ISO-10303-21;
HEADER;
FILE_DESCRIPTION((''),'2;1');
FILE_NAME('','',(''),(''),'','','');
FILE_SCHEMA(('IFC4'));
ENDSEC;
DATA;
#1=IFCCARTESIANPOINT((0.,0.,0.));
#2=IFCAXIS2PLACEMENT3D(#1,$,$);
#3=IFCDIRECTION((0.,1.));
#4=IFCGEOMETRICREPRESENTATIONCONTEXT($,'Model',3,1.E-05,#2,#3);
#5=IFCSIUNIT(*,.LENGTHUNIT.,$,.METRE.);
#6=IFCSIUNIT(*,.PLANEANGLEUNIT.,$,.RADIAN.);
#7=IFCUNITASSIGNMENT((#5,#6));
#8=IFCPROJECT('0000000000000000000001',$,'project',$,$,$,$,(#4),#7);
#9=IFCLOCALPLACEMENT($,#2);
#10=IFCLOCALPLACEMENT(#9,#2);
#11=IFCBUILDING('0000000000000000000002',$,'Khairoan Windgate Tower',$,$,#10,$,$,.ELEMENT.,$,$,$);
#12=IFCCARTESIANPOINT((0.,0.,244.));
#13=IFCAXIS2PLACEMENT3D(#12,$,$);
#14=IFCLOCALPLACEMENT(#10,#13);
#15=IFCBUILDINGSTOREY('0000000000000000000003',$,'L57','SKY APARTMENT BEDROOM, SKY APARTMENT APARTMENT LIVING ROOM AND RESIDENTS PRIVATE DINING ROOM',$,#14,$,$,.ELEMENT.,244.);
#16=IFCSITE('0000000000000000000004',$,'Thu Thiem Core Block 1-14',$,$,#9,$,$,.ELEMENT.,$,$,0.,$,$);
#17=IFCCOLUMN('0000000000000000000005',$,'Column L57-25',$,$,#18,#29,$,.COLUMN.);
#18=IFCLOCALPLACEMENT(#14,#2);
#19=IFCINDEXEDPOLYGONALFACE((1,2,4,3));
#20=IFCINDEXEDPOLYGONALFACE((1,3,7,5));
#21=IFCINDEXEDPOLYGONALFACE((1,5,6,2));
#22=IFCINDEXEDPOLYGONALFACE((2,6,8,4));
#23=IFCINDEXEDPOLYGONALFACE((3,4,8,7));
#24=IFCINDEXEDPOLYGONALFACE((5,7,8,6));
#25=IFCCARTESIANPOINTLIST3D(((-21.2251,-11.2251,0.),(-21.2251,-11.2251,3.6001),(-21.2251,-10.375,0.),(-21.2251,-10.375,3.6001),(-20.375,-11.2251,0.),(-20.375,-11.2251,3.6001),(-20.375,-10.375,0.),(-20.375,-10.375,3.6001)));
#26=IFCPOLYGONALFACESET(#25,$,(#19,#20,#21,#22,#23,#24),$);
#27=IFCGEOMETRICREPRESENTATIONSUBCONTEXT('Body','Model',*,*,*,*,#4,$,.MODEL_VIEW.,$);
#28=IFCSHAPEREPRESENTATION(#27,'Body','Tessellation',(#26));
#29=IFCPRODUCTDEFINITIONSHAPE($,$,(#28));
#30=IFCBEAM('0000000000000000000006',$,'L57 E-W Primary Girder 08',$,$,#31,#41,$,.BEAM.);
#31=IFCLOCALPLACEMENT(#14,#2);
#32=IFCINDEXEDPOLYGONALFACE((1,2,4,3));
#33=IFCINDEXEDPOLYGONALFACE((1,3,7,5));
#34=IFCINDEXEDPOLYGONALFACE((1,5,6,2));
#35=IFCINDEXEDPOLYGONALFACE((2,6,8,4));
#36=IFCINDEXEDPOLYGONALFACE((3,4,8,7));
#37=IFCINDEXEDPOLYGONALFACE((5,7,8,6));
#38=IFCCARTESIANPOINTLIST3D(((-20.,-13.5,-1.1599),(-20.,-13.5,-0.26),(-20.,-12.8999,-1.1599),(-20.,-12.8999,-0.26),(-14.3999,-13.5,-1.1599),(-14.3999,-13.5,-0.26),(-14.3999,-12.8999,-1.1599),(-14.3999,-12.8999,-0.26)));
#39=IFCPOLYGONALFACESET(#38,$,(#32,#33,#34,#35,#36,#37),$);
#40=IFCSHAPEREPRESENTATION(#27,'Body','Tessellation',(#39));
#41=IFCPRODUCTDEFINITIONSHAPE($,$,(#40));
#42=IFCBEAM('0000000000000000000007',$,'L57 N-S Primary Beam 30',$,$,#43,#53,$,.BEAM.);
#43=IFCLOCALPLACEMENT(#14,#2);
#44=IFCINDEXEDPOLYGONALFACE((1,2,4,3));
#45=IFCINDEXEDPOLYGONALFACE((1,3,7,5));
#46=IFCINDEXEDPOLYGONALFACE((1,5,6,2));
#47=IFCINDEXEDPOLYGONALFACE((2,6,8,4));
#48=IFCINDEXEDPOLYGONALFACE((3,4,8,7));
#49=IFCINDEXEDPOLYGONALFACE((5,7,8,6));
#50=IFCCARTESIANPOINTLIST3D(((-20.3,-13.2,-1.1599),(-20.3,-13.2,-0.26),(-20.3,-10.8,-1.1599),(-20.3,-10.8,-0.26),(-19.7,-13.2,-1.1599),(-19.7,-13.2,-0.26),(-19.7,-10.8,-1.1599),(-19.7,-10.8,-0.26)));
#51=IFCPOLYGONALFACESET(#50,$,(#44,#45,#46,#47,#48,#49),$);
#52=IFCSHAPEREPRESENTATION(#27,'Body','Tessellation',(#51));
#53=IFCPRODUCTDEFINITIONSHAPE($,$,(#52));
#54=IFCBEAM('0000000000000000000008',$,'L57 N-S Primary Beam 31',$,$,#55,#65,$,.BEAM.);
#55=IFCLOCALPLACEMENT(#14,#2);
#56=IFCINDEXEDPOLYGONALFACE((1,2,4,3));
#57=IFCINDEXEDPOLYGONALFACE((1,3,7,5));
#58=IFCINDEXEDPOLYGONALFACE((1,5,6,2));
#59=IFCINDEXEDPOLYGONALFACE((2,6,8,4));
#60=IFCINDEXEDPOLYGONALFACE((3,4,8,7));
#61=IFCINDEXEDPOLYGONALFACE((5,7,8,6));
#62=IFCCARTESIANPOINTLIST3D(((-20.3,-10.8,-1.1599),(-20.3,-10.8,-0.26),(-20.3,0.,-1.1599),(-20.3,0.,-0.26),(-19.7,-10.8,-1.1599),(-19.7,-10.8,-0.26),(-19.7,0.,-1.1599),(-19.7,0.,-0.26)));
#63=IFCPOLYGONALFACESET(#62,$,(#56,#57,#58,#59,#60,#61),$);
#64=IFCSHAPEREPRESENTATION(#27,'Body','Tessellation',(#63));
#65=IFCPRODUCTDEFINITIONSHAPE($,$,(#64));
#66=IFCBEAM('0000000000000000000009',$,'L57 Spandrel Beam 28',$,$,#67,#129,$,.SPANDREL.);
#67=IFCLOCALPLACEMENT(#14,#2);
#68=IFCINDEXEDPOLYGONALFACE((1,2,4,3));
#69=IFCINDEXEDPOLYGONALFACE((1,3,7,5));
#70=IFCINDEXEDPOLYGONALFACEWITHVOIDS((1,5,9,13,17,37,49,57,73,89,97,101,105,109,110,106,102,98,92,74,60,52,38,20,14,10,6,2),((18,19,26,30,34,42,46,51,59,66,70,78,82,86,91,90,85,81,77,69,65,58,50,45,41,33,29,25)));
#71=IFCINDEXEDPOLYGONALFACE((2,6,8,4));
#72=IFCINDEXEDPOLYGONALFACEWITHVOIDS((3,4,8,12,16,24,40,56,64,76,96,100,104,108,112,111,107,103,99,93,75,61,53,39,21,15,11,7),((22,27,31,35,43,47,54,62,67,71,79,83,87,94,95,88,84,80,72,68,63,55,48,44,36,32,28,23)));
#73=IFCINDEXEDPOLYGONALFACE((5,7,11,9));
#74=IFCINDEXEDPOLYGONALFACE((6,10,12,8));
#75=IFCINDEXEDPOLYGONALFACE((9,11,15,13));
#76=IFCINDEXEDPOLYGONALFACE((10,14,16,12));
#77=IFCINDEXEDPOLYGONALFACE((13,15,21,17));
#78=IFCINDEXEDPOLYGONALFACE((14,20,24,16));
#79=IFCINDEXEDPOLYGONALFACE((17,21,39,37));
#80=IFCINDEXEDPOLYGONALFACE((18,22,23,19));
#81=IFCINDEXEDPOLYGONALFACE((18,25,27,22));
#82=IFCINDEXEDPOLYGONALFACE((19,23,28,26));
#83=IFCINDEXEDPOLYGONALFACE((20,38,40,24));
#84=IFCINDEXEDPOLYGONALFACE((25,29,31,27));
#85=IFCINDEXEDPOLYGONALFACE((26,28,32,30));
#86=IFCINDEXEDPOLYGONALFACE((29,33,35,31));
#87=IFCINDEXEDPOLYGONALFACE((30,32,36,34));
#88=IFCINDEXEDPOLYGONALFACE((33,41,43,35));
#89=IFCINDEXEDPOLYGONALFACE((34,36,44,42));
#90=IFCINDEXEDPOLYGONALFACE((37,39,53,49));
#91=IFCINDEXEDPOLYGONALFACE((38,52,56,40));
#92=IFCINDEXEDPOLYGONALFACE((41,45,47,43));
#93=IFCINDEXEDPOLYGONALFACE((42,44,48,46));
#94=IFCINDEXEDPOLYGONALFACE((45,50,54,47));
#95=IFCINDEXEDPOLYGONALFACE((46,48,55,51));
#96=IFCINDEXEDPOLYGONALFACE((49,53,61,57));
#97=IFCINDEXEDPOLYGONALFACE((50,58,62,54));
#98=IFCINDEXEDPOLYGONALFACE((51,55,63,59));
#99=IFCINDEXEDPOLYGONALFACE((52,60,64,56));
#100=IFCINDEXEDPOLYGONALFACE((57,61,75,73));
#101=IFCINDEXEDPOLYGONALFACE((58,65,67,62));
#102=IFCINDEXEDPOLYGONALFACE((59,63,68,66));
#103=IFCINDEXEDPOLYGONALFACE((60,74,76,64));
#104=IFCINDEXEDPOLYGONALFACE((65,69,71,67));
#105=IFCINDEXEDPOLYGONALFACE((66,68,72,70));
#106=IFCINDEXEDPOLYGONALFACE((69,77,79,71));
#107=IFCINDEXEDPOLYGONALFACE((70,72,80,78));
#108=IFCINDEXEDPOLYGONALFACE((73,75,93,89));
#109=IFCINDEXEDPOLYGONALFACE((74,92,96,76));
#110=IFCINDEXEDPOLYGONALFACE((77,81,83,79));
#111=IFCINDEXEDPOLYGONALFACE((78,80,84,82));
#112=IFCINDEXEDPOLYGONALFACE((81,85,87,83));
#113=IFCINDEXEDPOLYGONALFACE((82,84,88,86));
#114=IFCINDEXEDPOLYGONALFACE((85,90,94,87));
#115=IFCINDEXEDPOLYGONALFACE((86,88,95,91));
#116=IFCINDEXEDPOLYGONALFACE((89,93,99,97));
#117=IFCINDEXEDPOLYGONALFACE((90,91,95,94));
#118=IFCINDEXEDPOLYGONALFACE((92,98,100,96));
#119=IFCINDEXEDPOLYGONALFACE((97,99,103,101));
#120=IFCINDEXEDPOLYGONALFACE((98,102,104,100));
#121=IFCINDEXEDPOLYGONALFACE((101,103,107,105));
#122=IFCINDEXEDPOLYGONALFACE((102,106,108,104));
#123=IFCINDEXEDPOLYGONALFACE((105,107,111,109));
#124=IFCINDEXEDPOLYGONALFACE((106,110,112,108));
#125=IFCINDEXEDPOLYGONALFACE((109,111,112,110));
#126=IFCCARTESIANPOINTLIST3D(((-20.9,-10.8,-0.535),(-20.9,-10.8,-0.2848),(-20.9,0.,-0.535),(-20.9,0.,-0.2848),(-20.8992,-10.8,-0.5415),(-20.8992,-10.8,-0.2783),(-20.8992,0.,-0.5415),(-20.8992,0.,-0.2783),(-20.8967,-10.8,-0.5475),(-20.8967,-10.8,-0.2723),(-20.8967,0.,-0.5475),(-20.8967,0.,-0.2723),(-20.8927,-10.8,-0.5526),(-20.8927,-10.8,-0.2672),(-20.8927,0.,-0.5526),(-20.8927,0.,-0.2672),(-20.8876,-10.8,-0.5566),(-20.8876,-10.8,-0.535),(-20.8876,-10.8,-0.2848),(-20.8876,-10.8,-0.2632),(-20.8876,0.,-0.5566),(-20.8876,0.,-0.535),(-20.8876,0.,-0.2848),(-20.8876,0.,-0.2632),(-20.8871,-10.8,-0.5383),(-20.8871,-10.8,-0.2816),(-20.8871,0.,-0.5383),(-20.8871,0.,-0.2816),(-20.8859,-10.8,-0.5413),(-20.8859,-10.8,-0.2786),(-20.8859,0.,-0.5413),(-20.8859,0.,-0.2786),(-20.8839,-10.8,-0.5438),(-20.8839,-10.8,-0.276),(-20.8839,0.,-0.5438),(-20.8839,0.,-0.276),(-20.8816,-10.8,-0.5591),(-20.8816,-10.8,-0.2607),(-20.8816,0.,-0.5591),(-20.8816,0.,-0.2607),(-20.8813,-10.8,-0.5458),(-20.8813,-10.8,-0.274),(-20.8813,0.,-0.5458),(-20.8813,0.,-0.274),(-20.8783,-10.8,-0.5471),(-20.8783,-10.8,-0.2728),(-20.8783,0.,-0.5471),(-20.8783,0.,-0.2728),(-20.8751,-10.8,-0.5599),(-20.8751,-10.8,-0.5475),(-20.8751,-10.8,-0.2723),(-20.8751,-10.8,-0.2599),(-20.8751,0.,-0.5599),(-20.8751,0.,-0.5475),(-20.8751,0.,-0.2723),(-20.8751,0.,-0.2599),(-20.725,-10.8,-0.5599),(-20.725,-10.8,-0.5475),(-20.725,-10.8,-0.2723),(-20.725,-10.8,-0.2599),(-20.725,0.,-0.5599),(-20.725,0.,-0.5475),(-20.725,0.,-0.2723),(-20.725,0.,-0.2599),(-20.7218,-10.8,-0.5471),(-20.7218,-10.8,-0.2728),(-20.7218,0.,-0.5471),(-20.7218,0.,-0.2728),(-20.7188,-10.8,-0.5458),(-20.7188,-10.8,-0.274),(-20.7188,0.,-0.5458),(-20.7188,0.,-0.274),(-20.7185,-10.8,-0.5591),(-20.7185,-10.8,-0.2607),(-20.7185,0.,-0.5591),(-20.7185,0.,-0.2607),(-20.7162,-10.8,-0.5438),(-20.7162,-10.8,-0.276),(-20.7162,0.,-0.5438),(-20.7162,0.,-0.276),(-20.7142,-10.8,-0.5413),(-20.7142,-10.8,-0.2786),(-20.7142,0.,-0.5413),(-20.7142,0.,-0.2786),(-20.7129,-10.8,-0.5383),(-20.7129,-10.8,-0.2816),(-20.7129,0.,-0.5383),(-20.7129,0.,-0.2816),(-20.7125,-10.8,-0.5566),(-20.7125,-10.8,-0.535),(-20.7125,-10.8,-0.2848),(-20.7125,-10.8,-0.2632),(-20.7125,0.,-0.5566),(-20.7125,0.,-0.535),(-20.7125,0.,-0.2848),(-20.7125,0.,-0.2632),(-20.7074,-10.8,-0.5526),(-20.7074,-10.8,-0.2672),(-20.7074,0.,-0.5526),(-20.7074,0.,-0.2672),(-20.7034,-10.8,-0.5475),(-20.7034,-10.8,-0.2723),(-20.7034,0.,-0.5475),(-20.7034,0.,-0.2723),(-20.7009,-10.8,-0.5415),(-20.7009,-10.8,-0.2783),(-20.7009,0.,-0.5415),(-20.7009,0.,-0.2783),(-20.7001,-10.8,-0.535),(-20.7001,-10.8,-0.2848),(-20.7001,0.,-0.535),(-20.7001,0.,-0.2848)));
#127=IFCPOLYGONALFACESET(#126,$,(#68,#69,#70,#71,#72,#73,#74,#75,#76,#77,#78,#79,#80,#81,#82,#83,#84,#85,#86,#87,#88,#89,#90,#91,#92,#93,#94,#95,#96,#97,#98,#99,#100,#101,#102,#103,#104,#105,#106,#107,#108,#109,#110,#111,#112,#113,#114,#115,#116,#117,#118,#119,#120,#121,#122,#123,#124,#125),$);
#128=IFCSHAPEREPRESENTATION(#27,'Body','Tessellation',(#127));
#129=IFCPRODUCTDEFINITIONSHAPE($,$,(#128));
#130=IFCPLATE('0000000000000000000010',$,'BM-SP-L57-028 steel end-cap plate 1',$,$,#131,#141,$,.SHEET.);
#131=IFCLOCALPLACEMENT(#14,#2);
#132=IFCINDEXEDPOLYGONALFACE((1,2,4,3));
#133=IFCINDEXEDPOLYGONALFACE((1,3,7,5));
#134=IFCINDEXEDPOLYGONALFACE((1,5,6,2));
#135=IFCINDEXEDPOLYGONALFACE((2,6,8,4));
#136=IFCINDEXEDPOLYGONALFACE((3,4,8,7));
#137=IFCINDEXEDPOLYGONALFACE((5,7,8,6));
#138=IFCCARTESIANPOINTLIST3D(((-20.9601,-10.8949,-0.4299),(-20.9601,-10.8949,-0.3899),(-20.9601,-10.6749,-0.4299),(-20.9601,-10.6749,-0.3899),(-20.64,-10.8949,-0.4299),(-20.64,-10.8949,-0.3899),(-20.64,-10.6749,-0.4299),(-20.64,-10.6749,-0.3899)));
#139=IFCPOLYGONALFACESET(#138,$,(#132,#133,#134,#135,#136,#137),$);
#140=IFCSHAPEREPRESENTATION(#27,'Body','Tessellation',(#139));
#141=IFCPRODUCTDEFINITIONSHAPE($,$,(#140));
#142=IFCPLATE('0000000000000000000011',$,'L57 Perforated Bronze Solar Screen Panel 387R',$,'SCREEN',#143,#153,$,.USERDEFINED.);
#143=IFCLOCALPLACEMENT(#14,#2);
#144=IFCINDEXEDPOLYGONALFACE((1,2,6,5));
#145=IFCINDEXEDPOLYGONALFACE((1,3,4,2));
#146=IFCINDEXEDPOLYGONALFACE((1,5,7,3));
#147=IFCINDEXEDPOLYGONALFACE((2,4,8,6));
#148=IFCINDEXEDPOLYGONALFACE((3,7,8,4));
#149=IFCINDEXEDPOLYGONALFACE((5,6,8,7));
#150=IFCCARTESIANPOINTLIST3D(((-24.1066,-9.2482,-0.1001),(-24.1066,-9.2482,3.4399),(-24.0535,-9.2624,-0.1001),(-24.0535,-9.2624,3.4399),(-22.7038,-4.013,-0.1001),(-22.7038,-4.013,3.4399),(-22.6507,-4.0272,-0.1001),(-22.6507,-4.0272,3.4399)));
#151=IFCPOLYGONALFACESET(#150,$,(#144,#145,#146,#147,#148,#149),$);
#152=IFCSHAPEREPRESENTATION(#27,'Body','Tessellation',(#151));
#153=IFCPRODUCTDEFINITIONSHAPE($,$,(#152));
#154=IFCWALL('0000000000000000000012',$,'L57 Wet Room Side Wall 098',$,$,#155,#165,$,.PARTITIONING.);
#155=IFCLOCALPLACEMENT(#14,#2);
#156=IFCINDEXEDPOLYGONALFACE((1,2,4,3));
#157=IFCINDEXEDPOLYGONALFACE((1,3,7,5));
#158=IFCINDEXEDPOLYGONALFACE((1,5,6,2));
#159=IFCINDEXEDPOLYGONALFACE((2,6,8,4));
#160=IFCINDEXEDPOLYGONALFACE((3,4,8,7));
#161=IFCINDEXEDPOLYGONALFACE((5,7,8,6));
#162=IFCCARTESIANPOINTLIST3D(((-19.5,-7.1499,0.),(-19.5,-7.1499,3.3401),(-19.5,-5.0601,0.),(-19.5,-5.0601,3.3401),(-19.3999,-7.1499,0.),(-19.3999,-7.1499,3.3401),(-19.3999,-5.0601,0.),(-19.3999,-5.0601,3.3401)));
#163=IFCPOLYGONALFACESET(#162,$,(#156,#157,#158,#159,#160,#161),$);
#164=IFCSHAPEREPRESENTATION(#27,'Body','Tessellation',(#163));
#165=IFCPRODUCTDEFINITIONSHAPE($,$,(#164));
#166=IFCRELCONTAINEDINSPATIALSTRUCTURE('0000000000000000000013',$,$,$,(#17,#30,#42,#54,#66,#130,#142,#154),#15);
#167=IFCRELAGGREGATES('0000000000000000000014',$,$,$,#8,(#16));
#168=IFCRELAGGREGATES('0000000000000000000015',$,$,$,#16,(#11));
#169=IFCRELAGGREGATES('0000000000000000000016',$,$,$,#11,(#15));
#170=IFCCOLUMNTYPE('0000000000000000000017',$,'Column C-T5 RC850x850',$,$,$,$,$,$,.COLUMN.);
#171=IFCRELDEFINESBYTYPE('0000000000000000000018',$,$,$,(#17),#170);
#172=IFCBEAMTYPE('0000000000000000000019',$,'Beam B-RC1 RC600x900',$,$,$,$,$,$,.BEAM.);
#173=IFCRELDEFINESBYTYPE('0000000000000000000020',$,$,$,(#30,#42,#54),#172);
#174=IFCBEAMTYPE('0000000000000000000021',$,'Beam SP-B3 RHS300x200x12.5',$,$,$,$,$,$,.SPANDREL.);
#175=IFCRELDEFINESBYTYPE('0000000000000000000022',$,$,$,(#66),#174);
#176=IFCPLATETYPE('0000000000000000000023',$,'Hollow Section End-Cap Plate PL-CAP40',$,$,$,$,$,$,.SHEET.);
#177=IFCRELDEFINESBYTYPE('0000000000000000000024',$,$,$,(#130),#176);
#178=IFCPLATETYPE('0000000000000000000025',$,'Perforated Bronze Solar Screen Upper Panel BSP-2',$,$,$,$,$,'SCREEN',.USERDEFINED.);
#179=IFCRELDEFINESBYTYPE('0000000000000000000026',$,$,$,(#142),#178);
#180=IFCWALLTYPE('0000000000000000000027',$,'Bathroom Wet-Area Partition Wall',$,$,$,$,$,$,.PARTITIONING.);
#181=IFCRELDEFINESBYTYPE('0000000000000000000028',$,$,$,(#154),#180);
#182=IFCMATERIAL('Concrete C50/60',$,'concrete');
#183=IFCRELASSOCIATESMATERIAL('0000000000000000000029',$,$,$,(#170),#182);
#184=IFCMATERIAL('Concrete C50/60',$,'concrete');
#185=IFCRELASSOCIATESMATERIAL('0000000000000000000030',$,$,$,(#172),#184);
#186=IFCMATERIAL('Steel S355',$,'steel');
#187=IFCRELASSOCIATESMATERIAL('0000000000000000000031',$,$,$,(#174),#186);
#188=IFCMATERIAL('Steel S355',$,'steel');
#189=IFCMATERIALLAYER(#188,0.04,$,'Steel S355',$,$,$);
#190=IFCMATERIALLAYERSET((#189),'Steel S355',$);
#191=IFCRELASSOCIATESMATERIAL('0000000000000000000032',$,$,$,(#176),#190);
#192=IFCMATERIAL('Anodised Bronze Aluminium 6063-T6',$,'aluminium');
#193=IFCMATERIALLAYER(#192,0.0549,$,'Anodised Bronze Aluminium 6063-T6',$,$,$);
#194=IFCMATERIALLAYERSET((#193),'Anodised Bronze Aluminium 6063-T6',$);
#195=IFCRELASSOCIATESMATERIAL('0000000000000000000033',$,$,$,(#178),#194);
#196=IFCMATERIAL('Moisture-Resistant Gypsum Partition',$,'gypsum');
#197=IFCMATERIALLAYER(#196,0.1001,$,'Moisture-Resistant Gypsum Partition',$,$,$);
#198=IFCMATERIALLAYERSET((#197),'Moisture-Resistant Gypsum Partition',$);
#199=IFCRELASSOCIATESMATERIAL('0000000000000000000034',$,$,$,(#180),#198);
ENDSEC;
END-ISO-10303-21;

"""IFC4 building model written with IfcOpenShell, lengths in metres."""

from ifc_helpers import new_model, si_unit, direction, frame, frame_2d, origin, origin_2d, place, context, subcontext, project, spatial, rectangle, hollow_rectangle, extrude, material, layer, layer_set, material_profile, profile_set, type_object, element, save


model = new_model("IFC4")

# Units and contexts
model_context = context("Model", 3, precision=1e-05, world=origin(), true_north=direction((0.0, 1.0)))
body_context = subcontext(model_context, "Body", "Model", "MODEL_VIEW")
ifc_project = project(units=[si_unit("LENGTHUNIT", "METRE"), si_unit("PLANEANGLEUNIT", "RADIAN")], contexts=[model_context])

# Site, building, storey
site_placement = place(None, origin())
site = spatial("IfcSite", under=ifc_project, at=site_placement, Name="Thu Thiem Core Block 1-14", CompositionType="ELEMENT", RefElevation=0.0)
building_placement = place(site_placement, origin())
building = spatial("IfcBuilding", under=site, at=building_placement, Name="Khairoan Windgate Tower", CompositionType="ELEMENT")
storey_placement = place(building_placement, frame((0.0, 0.0, 244.0)))
storey = spatial("IfcBuildingStorey", under=building, at=storey_placement, Name="L57", Description="SKY APARTMENT BEDROOM, SKY APARTMENT APARTMENT LIVING ROOM AND RESIDENTS PRIVATE DINING ROOM", CompositionType="ELEMENT", Elevation=244.0)

# Column
ifc_material_1 = material(Name="Concrete C50/60", Category="concrete")
ifc_material_profile_1 = material_profile(ifc_material_1, rectangle(XDim=0.8501, YDim=0.8501, at=origin_2d()))
ifc_profile_set_1 = profile_set([ifc_material_profile_1], Name="Concrete C50/60")
column_type = type_object("IfcColumnType", Name="Column C-T5 RC850x850", PredefinedType="COLUMN", material=ifc_profile_set_1)
column_placement = place(storey_placement, frame((-20.8, -10.8, 0.0), z_axis=(0.0, 0.0, 1.0), x_axis=(1.0, 0.0, 0.0)))
element("IfcColumn", 1, at=column_placement, inside=storey, type_object=column_type, Name="Column L57-25", PredefinedType="COLUMN", context=body_context, shape_type="SweptSolid", body=[
    extrude(rectangle(XDim=0.8501, YDim=0.8501, at=origin_2d()), origin(), (0.0, 0.0, 1.0), 3.6001),
])

# Beams
ifc_material_2 = material(Name="Concrete C50/60", Category="concrete")
ifc_material_profile_2 = material_profile(ifc_material_2, rectangle(XDim=0.6001, YDim=0.8999, at=origin_2d()))
ifc_profile_set_2 = profile_set([ifc_material_profile_2], Name="Concrete C50/60")
beam_type_1 = type_object("IfcBeamType", Name="Beam B-RC1 RC600x900", PredefinedType="BEAM", material=ifc_profile_set_2)
beam_1_placement = place(storey_placement, frame((-20.0, -13.2, -0.71), z_axis=(1.0, 0.0, 0.0), x_axis=(0.0, 1.0, 0.0)))
element("IfcBeam", 2, at=beam_1_placement, inside=storey, type_object=beam_type_1, Name="L57 E-W Primary Girder 08", PredefinedType="BEAM", context=body_context, shape_type="SweptSolid", body=[
    extrude(rectangle(XDim=0.6001, YDim=0.8999, at=origin_2d()), origin(), (0.0, 0.0, 1.0), 5.6001),
])
beam_2_placement = place(storey_placement, frame((-20.0, -13.2, -0.71), z_axis=(0.0, 1.0, 0.0), x_axis=(-1.0, 0.0, 0.0)))
element("IfcBeam", 3, at=beam_2_placement, inside=storey, type_object=beam_type_1, Name="L57 N-S Primary Beam 30", PredefinedType="BEAM", context=body_context, shape_type="SweptSolid", body=[
    extrude(rectangle(XDim=0.6001, YDim=0.8999, at=origin_2d()), origin(), (0.0, 0.0, 1.0), 2.3999),
])
beam_3_placement = place(storey_placement, frame((-20.0, -10.8, -0.71), z_axis=(0.0, 1.0, 0.0), x_axis=(-1.0, 0.0, 0.0)))
element("IfcBeam", 4, at=beam_3_placement, inside=storey, type_object=beam_type_1, Name="L57 N-S Primary Beam 31", PredefinedType="BEAM", context=body_context, shape_type="SweptSolid", body=[
    extrude(rectangle(XDim=0.6001, YDim=0.8999, at=origin_2d()), origin(), (0.0, 0.0, 1.0), 10.8),
])
ifc_material_3 = material(Name="Steel S355", Category="steel")
ifc_material_profile_3 = material_profile(ifc_material_3, hollow_rectangle(XDim=0.2, YDim=0.3, WallThickness=0.0125, InnerFilletRadius=0.0125, OuterFilletRadius=0.0249, at=origin_2d()))
ifc_profile_set_3 = profile_set([ifc_material_profile_3], Name="Steel S355")
beam_type_2 = type_object("IfcBeamType", Name="Beam SP-B3 RHS300x200x12.5", PredefinedType="SPANDREL", material=ifc_profile_set_3)
beam_4_placement = place(storey_placement, frame((-20.8, -10.8, -0.4099), z_axis=(0.0, 1.0, 0.0), x_axis=(-1.0, 0.0, 0.0)))
element("IfcBeam", 5, at=beam_4_placement, inside=storey, type_object=beam_type_2, Name="L57 Spandrel Beam 28", PredefinedType="SPANDREL", context=body_context, shape_type="SweptSolid", body=[
    extrude(hollow_rectangle(XDim=0.2, YDim=0.3, WallThickness=0.0125, InnerFilletRadius=0.0125, OuterFilletRadius=0.0249, at=origin_2d()), origin(), (0.0, 0.0, 1.0), 10.8),
])

# Plates
ifc_material_4 = material(Name="Steel S355", Category="steel")
ifc_layer_1 = layer(ifc_material_4, 0.04, Name="Steel S355")
ifc_layer_set_1 = layer_set([ifc_layer_1], Name="Steel S355")
plate_type_1 = type_object("IfcPlateType", Name="Hollow Section End-Cap Plate PL-CAP40", PredefinedType="SHEET", material=ifc_layer_set_1)
plate_1_placement = place(storey_placement, frame((-20.8, -10.7849, -0.4299), z_axis=(0.0, 0.0, 1.0), x_axis=(0.0, 1.0, 0.0)))
element("IfcPlate", 6, at=plate_1_placement, inside=storey, type_object=plate_type_1, Name="BM-SP-L57-028 steel end-cap plate 1", PredefinedType="SHEET", context=body_context, shape_type="SweptSolid", body=[
    extrude(rectangle(XDim=0.22, YDim=0.3201, at=origin_2d()), origin(), (0.0, 0.0, 1.0), 0.04),
])
ifc_material_5 = material(Name="Anodised Bronze Aluminium 6063-T6", Category="aluminium")
ifc_layer_2 = layer(ifc_material_5, 0.0549, Name="Anodised Bronze Aluminium 6063-T6")
ifc_layer_set_2 = layer_set([ifc_layer_2], Name="Anodised Bronze Aluminium 6063-T6")
plate_type_2 = type_object("IfcPlateType", Name="Perforated Bronze Solar Screen Upper Panel BSP-2", ElementType="SCREEN", PredefinedType="USERDEFINED", material=ifc_layer_set_2)
plate_2_placement = place(storey_placement, frame((-23.3787, -6.6377, -0.1001), z_axis=(0.0, 0.0, 1.0), x_axis=(0.258819, 0.965926, 0.0)))
element("IfcPlate", 7, at=plate_2_placement, inside=storey, type_object=plate_type_2, Name="L57 Perforated Bronze Solar Screen Panel 387R", ObjectType="SCREEN", PredefinedType="USERDEFINED", context=body_context, shape_type="SweptSolid", body=[
    extrude(rectangle(XDim=5.4199, YDim=0.0549, at=origin_2d()), origin(), (0.0, 0.0, 1.0), 3.54),
])

# Wall
ifc_material_6 = material(Name="Moisture-Resistant Gypsum Partition", Category="gypsum")
ifc_layer_3 = layer(ifc_material_6, 0.1001, Name="Moisture-Resistant Gypsum Partition")
ifc_layer_set_3 = layer_set([ifc_layer_3], Name="Moisture-Resistant Gypsum Partition")
wall_type_1 = type_object("IfcWallType", Name="Bathroom Wet-Area Partition Wall", PredefinedType="PARTITIONING", material=ifc_layer_set_3)
wall_1_placement = place(storey_placement, frame((-19.45, -7.1499, 0.0), z_axis=(0.0, 0.0, 1.0), x_axis=(0.0, 1.0, 0.0)))
element("IfcWall", 8, at=wall_1_placement, inside=storey, type_object=wall_type_1, Name="L57 Wet Room Side Wall 098", PredefinedType="PARTITIONING", context=body_context, shape_type="SweptSolid", body=[
    extrude(rectangle(XDim=2.0898, YDim=0.1001, at=frame_2d((1.0449, 0.0))), origin(), (0.0, 0.0, 1.0), 3.3401),
])

save(model, "model.ifc")
